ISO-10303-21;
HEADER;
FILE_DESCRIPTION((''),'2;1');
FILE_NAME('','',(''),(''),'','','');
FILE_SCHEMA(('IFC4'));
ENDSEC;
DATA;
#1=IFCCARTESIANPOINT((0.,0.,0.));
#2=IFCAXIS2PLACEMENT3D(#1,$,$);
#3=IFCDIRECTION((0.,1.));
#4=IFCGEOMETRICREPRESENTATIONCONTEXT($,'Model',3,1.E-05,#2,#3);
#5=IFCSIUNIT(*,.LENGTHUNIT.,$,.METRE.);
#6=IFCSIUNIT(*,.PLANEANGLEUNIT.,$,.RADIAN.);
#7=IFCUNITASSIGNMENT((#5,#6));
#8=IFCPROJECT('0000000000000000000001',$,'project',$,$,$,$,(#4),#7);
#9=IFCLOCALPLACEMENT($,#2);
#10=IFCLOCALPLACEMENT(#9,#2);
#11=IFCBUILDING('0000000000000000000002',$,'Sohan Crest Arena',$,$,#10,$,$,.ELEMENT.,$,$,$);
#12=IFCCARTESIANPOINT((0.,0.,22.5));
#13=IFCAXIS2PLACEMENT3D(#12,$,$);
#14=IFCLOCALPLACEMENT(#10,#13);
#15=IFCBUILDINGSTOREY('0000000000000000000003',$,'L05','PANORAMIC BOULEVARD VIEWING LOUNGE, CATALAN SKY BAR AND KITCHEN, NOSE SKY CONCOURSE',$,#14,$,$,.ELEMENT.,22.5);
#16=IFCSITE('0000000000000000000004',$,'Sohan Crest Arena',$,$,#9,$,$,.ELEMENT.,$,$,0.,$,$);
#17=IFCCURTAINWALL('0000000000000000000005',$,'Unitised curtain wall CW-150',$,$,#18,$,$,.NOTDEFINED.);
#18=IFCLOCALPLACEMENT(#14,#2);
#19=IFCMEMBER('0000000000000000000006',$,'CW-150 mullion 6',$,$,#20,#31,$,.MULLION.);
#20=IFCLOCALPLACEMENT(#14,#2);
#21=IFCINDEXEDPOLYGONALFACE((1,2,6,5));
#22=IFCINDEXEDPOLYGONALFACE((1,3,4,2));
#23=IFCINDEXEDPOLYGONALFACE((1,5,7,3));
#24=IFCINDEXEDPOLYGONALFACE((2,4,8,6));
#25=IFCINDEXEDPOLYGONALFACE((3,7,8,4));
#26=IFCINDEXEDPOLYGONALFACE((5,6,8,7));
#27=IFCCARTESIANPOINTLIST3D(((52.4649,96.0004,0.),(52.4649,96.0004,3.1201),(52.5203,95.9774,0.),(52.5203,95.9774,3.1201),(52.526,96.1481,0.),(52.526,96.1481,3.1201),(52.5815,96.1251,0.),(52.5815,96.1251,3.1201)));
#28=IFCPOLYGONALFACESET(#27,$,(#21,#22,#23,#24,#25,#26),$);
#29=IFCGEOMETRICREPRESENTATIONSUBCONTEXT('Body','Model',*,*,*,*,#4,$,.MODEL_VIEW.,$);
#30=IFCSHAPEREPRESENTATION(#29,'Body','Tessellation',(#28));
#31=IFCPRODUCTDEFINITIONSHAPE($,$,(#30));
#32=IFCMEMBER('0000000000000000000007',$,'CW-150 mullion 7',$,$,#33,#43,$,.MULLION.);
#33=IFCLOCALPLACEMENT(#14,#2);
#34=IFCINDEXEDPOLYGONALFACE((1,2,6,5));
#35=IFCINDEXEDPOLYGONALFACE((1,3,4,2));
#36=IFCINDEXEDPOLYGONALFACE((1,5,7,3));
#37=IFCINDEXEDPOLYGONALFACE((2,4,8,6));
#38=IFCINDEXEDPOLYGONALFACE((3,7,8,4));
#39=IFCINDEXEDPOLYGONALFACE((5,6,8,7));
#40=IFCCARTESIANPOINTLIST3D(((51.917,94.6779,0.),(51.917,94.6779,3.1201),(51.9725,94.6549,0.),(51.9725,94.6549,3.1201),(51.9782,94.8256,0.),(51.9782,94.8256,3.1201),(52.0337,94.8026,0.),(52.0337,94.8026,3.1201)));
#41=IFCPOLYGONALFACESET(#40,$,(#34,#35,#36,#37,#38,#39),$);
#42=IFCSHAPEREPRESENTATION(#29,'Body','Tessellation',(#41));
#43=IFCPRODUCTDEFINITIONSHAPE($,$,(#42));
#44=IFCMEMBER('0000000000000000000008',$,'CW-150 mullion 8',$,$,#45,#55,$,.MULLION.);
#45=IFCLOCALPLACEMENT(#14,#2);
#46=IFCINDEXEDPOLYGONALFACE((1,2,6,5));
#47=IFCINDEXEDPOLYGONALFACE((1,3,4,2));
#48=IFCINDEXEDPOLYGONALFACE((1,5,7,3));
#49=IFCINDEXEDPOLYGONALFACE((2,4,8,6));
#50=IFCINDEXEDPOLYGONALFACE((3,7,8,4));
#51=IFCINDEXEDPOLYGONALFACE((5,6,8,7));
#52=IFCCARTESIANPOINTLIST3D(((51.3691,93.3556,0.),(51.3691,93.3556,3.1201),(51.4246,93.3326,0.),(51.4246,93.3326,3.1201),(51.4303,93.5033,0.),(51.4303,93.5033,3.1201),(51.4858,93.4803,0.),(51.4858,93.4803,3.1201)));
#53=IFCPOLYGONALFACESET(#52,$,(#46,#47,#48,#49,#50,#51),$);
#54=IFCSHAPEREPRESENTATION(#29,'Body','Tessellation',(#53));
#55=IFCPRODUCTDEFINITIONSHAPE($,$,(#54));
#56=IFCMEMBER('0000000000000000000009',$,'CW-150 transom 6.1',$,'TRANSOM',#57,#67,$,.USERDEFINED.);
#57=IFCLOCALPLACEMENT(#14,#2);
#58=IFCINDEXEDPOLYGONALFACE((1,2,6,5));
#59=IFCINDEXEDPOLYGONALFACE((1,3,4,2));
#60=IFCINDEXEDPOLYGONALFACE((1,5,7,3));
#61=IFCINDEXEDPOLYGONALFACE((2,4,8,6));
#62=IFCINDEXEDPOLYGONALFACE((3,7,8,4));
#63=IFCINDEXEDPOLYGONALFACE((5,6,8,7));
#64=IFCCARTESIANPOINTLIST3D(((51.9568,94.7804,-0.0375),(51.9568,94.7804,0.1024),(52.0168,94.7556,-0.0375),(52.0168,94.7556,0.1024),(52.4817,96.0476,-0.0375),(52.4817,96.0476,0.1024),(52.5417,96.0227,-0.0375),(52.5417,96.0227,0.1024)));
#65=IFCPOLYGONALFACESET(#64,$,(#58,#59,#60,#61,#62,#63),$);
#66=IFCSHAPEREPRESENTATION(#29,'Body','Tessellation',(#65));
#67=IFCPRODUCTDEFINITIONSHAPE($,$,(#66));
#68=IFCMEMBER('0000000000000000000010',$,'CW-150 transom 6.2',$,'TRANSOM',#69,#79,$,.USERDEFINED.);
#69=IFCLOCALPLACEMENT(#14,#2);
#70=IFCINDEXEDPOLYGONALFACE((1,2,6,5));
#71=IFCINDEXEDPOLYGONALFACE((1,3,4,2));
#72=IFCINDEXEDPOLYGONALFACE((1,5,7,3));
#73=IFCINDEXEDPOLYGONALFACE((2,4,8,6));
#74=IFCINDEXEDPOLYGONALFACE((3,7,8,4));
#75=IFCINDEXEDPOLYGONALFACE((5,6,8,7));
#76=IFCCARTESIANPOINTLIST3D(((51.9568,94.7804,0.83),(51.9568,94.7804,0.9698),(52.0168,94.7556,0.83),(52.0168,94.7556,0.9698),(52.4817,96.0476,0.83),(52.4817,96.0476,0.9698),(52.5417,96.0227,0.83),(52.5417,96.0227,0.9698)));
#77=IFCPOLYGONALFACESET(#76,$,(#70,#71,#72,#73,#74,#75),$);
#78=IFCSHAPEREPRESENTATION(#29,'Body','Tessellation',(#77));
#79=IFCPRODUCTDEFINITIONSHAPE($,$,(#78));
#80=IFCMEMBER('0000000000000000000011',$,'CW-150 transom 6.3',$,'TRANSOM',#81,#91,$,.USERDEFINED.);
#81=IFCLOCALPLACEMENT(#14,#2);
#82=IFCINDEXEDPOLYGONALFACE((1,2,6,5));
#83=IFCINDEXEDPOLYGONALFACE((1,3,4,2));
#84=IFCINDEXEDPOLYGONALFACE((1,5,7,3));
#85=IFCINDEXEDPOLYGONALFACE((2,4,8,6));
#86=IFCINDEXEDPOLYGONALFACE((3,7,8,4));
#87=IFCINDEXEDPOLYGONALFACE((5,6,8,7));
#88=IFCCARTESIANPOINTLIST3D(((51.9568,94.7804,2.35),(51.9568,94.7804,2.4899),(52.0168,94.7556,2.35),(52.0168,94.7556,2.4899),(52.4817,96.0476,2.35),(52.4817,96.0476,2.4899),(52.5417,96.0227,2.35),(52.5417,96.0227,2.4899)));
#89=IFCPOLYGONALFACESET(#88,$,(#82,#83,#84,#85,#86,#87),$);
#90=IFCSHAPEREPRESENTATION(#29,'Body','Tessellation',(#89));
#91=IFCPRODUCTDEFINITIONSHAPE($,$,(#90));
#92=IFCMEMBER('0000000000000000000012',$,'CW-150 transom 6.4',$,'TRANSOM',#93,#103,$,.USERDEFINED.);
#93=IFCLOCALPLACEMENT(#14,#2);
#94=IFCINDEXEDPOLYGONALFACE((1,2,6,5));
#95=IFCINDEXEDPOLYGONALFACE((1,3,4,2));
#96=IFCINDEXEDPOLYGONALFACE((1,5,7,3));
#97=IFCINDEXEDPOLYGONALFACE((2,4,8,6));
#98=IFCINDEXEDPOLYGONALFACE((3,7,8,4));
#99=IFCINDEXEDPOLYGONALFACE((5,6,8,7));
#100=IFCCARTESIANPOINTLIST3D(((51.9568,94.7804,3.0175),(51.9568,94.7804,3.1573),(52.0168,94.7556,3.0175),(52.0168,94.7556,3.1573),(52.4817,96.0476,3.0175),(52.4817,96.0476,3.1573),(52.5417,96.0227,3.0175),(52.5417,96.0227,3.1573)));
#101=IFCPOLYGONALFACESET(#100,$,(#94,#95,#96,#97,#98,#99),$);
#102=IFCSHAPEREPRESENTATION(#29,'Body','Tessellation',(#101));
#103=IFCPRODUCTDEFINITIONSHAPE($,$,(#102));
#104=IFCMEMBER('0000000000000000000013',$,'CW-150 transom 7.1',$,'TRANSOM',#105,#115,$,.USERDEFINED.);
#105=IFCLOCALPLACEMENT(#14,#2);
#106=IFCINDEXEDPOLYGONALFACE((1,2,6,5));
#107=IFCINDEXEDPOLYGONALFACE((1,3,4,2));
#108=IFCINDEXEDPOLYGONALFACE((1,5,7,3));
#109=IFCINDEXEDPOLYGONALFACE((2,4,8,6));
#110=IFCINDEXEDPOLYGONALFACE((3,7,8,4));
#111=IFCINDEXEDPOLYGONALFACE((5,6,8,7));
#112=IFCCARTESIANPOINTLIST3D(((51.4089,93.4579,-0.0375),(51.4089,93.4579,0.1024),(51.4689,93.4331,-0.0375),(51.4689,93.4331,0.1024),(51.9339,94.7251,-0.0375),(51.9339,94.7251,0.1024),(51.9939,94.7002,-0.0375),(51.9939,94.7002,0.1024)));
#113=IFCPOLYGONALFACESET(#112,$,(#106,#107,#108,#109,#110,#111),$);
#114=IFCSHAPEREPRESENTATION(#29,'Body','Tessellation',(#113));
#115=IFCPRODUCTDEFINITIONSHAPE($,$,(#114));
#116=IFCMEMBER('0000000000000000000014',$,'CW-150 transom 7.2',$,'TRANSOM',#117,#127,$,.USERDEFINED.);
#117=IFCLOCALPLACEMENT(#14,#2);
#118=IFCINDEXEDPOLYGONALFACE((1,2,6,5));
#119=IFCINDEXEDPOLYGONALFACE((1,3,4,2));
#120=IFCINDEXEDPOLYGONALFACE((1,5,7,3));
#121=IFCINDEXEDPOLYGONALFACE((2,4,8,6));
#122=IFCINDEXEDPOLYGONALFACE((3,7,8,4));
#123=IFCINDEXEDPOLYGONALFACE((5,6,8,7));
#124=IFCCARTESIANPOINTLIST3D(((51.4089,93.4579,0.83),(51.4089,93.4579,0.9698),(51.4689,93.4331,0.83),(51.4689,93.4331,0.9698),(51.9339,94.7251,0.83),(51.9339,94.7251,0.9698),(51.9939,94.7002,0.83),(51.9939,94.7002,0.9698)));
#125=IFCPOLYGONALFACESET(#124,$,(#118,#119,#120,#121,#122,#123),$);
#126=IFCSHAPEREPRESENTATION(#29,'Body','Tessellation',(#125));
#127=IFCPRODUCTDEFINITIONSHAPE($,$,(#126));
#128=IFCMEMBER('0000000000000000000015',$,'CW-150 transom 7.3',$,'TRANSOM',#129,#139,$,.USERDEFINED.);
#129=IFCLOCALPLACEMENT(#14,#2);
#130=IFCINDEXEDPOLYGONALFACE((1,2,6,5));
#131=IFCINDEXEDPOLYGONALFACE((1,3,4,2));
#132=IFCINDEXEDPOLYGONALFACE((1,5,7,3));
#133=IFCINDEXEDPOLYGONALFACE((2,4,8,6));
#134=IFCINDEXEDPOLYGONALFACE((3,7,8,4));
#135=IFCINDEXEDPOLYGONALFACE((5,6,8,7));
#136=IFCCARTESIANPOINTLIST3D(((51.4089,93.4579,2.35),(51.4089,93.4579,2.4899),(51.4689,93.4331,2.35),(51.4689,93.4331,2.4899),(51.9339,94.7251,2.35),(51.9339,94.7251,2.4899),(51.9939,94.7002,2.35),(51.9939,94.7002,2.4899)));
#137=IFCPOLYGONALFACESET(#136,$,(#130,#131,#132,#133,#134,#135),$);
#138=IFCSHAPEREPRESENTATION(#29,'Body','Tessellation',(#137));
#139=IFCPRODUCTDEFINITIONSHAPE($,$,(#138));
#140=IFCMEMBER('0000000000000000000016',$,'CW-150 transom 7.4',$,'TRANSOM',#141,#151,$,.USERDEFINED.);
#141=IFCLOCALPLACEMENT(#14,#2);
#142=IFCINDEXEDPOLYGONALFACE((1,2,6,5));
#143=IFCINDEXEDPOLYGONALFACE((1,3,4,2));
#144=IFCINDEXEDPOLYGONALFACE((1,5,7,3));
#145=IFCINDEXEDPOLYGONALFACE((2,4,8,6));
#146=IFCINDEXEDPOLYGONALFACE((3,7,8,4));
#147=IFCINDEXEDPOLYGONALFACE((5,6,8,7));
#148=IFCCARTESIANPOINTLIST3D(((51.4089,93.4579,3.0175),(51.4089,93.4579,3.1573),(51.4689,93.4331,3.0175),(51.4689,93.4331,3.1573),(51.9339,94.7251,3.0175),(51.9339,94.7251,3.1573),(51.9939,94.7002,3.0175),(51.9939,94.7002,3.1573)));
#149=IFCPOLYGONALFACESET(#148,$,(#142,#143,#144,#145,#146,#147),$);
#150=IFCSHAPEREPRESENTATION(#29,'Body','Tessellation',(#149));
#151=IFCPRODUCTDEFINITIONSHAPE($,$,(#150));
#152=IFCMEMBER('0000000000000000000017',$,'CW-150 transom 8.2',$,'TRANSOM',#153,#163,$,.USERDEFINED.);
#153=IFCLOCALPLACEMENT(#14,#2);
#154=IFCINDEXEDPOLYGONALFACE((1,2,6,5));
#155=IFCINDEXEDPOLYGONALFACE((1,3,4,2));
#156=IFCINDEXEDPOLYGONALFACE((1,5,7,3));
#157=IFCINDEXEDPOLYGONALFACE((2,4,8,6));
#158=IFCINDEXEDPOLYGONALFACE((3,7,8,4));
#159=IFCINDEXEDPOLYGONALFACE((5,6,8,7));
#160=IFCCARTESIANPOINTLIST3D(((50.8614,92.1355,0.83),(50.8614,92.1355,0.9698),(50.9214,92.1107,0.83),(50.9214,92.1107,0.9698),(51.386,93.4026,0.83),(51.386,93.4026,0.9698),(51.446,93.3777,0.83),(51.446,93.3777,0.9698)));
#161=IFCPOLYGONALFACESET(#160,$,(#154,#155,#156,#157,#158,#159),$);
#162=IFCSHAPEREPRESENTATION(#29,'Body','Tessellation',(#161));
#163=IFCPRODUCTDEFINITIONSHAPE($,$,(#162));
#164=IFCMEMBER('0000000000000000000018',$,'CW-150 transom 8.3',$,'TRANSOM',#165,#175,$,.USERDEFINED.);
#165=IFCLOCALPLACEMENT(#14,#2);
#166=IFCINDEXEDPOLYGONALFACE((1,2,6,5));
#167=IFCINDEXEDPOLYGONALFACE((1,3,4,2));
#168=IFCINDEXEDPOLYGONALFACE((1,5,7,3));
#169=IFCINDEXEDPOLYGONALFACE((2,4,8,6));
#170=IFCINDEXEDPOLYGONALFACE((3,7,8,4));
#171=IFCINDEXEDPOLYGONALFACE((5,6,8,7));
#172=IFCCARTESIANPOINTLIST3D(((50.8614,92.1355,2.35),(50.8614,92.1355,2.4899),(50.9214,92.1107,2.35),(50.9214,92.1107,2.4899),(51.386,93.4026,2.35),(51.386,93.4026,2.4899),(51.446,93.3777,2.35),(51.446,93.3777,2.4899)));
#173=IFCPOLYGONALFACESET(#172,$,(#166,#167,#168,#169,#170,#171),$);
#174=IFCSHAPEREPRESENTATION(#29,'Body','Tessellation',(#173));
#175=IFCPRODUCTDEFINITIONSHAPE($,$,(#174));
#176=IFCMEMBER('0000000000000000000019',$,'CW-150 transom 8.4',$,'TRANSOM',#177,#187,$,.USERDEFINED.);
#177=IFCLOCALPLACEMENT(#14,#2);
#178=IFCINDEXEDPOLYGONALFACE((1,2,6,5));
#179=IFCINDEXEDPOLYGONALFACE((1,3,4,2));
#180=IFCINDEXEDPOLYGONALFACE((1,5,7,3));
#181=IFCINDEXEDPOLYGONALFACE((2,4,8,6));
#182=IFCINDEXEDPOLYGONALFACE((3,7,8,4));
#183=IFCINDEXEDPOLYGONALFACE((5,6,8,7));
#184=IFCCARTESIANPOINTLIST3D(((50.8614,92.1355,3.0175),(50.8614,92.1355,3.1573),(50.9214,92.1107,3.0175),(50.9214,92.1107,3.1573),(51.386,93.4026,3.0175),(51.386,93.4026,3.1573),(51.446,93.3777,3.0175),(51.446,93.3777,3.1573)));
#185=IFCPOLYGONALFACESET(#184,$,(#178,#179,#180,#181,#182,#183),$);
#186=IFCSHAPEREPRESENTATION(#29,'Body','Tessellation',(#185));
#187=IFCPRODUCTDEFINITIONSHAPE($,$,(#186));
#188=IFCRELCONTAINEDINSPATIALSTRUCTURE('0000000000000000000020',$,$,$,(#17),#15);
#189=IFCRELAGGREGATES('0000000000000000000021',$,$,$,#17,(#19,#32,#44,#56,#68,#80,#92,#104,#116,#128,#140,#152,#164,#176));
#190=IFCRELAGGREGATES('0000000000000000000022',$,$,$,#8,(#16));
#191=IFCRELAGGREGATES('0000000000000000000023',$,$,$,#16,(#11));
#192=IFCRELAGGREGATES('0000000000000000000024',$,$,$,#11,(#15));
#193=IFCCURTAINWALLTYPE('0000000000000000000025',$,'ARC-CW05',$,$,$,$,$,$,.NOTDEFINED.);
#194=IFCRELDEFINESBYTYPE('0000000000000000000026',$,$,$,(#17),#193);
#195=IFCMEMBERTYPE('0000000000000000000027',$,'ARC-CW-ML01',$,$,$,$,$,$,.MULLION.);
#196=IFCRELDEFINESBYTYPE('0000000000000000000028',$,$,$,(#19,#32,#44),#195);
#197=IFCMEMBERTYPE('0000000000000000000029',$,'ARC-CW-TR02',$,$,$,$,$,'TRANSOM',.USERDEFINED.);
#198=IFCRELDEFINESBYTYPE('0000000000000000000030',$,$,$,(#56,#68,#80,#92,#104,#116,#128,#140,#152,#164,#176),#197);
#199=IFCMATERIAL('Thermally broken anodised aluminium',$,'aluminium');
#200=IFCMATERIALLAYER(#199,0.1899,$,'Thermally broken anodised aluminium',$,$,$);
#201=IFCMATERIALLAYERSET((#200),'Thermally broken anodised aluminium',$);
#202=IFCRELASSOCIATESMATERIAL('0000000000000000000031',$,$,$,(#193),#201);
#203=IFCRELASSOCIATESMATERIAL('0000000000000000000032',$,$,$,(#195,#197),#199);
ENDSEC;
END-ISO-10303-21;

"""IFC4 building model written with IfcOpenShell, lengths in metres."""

from ifc_helpers import new_model, si_unit, direction, frame, origin, origin_2d, place, context, subcontext, project, spatial, rectangle, extrude, material, layer, layer_set, material_profile, profile_set, type_object, element, aggregate, save


model = new_model("IFC4")

# Units and contexts
model_context = context("Model", 3, precision=1e-05, world=origin(), true_north=direction((0.0, 1.0)))
body_context = subcontext(model_context, "Body", "Model", "MODEL_VIEW")
ifc_project = project(units=[si_unit("LENGTHUNIT", "METRE"), si_unit("PLANEANGLEUNIT", "RADIAN")], contexts=[model_context])

# Site, building, storey
site_placement = place(None, origin())
site = spatial("IfcSite", under=ifc_project, at=site_placement, Name="Sohan Crest Arena", CompositionType="ELEMENT", RefElevation=0.0)
building_placement = place(site_placement, origin())
building = spatial("IfcBuilding", under=site, at=building_placement, Name="Sohan Crest Arena", CompositionType="ELEMENT")
storey_placement = place(building_placement, frame((0.0, 0.0, 22.5)))
storey = spatial("IfcBuildingStorey", under=building, at=storey_placement, Name="L05", Description="PANORAMIC BOULEVARD VIEWING LOUNGE, CATALAN SKY BAR AND KITCHEN, NOSE SKY CONCOURSE", CompositionType="ELEMENT", Elevation=22.5)

# Curtain wall, members
ifc_material_1 = material(Name="Thermally broken anodised aluminium", Category="aluminium")
ifc_layer_1 = layer(ifc_material_1, 0.1899, Name="Thermally broken anodised aluminium")
ifc_layer_set_1 = layer_set([ifc_layer_1], Name="Thermally broken anodised aluminium")
curtain_wall_type = type_object("IfcCurtainWallType", Name="ARC-CW05", PredefinedType="NOTDEFINED", material=ifc_layer_set_1)
curtain_wall_placement = place(storey_placement, origin())
curtain_wall = element("IfcCurtainWall", 1, at=curtain_wall_placement, inside=storey, type_object=curtain_wall_type, Name="Unitised curtain wall CW-150", PredefinedType="NOTDEFINED")
ifc_material_profile_1 = material_profile(ifc_material_1, rectangle(XDim=0.0601, YDim=0.1599, at=origin_2d()), Name="ALU-MULL 60x160")
ifc_profile_set_1 = profile_set([ifc_material_profile_1], Name="Thermally broken anodised aluminium")
member_type_1 = type_object("IfcMemberType", Name="ARC-CW-ML01", PredefinedType="MULLION", material=ifc_profile_set_1)
member_1_placement = place(storey_placement, frame((52.5232, 96.0627, 0.0), z_axis=(0.0, 0.0, 1.0), x_axis=(0.923879, -0.382685, 0.0)))
member_1 = element("IfcMember", 2, at=member_1_placement, type_object=member_type_1, Name="CW-150 mullion 6", PredefinedType="MULLION", context=body_context, shape_type="SweptSolid", body=[
    extrude(rectangle(XDim=0.0601, YDim=0.1599, at=origin_2d()), origin(), (0.0, 0.0, 1.0), 3.1201),
])
member_2_placement = place(storey_placement, frame((51.9753, 94.7402, 0.0), z_axis=(0.0, 0.0, 1.0), x_axis=(0.923879, -0.382685, 0.0)))
member_2 = element("IfcMember", 3, at=member_2_placement, type_object=member_type_1, Name="CW-150 mullion 7", PredefinedType="MULLION", context=body_context, shape_type="SweptSolid", body=[
    extrude(rectangle(XDim=0.0601, YDim=0.1599, at=origin_2d()), origin(), (0.0, 0.0, 1.0), 3.1201),
])
member_3_placement = place(storey_placement, frame((51.4275, 93.418, 0.0), z_axis=(0.0, 0.0, 1.0), x_axis=(0.923879, -0.382685, 0.0)))
member_3 = element("IfcMember", 4, at=member_3_placement, type_object=member_type_1, Name="CW-150 mullion 8", PredefinedType="MULLION", context=body_context, shape_type="SweptSolid", body=[
    extrude(rectangle(XDim=0.0601, YDim=0.1599, at=origin_2d()), origin(), (0.0, 0.0, 1.0), 3.1201),
])
ifc_material_profile_2 = material_profile(ifc_material_1, rectangle(XDim=0.0649, YDim=0.1399, at=origin_2d()), Name="ALU-TRAN 65x140")
ifc_profile_set_2 = profile_set([ifc_material_profile_2], Name="Thermally broken anodised aluminium")
member_type_2 = type_object("IfcMemberType", Name="ARC-CW-TR02", ElementType="TRANSOM", PredefinedType="USERDEFINED", material=ifc_profile_set_2)
member_4_placement = place(storey_placement, frame((52.5117, 96.0352, 0.0325), z_axis=(-0.382719, -0.923865, 0.0), x_axis=(0.923865, -0.382719, 0.0)))
member_4 = element("IfcMember", 5, at=member_4_placement, type_object=member_type_2, Name="CW-150 transom 6.1", ObjectType="TRANSOM", PredefinedType="USERDEFINED", context=body_context, shape_type="SweptSolid", body=[
    extrude(rectangle(XDim=0.0649, YDim=0.1399, at=origin_2d()), origin(), (0.0, 0.0, 1.0), 1.3716),
])
member_5_placement = place(storey_placement, frame((52.5117, 96.0352, 0.8999), z_axis=(-0.382719, -0.923865, 0.0), x_axis=(0.923865, -0.382719, 0.0)))
member_5 = element("IfcMember", 6, at=member_5_placement, type_object=member_type_2, Name="CW-150 transom 6.2", ObjectType="TRANSOM", PredefinedType="USERDEFINED", context=body_context, shape_type="SweptSolid", body=[
    extrude(rectangle(XDim=0.0649, YDim=0.1399, at=origin_2d()), origin(), (0.0, 0.0, 1.0), 1.3716),
])
member_6_placement = place(storey_placement, frame((52.5117, 96.0352, 2.4199), z_axis=(-0.382719, -0.923865, 0.0), x_axis=(0.923865, -0.382719, 0.0)))
member_6 = element("IfcMember", 7, at=member_6_placement, type_object=member_type_2, Name="CW-150 transom 6.3", ObjectType="TRANSOM", PredefinedType="USERDEFINED", context=body_context, shape_type="SweptSolid", body=[
    extrude(rectangle(XDim=0.0649, YDim=0.1399, at=origin_2d()), origin(), (0.0, 0.0, 1.0), 1.3716),
])
member_7_placement = place(storey_placement, frame((52.5117, 96.0352, 3.0874), z_axis=(-0.382719, -0.923865, 0.0), x_axis=(0.923865, -0.382719, 0.0)))
member_7 = element("IfcMember", 8, at=member_7_placement, type_object=member_type_2, Name="CW-150 transom 6.4", ObjectType="TRANSOM", PredefinedType="USERDEFINED", context=body_context, shape_type="SweptSolid", body=[
    extrude(rectangle(XDim=0.0649, YDim=0.1399, at=origin_2d()), origin(), (0.0, 0.0, 1.0), 1.3716),
])
member_8_placement = place(storey_placement, frame((51.9639, 94.7126, 0.0325), z_axis=(-0.382719, -0.923865, 0.0), x_axis=(0.923865, -0.382719, 0.0)))
member_8 = element("IfcMember", 9, at=member_8_placement, type_object=member_type_2, Name="CW-150 transom 7.1", ObjectType="TRANSOM", PredefinedType="USERDEFINED", context=body_context, shape_type="SweptSolid", body=[
    extrude(rectangle(XDim=0.0649, YDim=0.1399, at=origin_2d()), origin(), (0.0, 0.0, 1.0), 1.3716),
])
member_9_placement = place(storey_placement, frame((51.9639, 94.7126, 0.8999), z_axis=(-0.382719, -0.923865, 0.0), x_axis=(0.923865, -0.382719, 0.0)))
member_9 = element("IfcMember", 10, at=member_9_placement, type_object=member_type_2, Name="CW-150 transom 7.2", ObjectType="TRANSOM", PredefinedType="USERDEFINED", context=body_context, shape_type="SweptSolid", body=[
    extrude(rectangle(XDim=0.0649, YDim=0.1399, at=origin_2d()), origin(), (0.0, 0.0, 1.0), 1.3716),
])
member_10_placement = place(storey_placement, frame((51.9639, 94.7126, 2.4199), z_axis=(-0.382719, -0.923865, 0.0), x_axis=(0.923865, -0.382719, 0.0)))
member_10 = element("IfcMember", 11, at=member_10_placement, type_object=member_type_2, Name="CW-150 transom 7.3", ObjectType="TRANSOM", PredefinedType="USERDEFINED", context=body_context, shape_type="SweptSolid", body=[
    extrude(rectangle(XDim=0.0649, YDim=0.1399, at=origin_2d()), origin(), (0.0, 0.0, 1.0), 1.3716),
])
member_11_placement = place(storey_placement, frame((51.9639, 94.7126, 3.0874), z_axis=(-0.382719, -0.923865, 0.0), x_axis=(0.923865, -0.382719, 0.0)))
member_11 = element("IfcMember", 12, at=member_11_placement, type_object=member_type_2, Name="CW-150 transom 7.4", ObjectType="TRANSOM", PredefinedType="USERDEFINED", context=body_context, shape_type="SweptSolid", body=[
    extrude(rectangle(XDim=0.0649, YDim=0.1399, at=origin_2d()), origin(), (0.0, 0.0, 1.0), 1.3716),
])
member_12_placement = place(storey_placement, frame((51.416, 93.3901, 0.8999), z_axis=(-0.382567, -0.923928, 0.0), x_axis=(0.923928, -0.382567, 0.0)))
member_12 = element("IfcMember", 13, at=member_12_placement, type_object=member_type_2, Name="CW-150 transom 8.2", ObjectType="TRANSOM", PredefinedType="USERDEFINED", context=body_context, shape_type="SweptSolid", body=[
    extrude(rectangle(XDim=0.0649, YDim=0.1399, at=origin_2d()), origin(), (0.0, 0.0, 1.0), 1.3713),
])
member_13_placement = place(storey_placement, frame((51.416, 93.3901, 2.4199), z_axis=(-0.382567, -0.923928, 0.0), x_axis=(0.923928, -0.382567, 0.0)))
member_13 = element("IfcMember", 14, at=member_13_placement, type_object=member_type_2, Name="CW-150 transom 8.3", ObjectType="TRANSOM", PredefinedType="USERDEFINED", context=body_context, shape_type="SweptSolid", body=[
    extrude(rectangle(XDim=0.0649, YDim=0.1399, at=origin_2d()), origin(), (0.0, 0.0, 1.0), 1.3713),
])
member_14_placement = place(storey_placement, frame((51.416, 93.3901, 3.0874), z_axis=(-0.382567, -0.923928, 0.0), x_axis=(0.923928, -0.382567, 0.0)))
member_14 = element("IfcMember", 15, at=member_14_placement, type_object=member_type_2, Name="CW-150 transom 8.4", ObjectType="TRANSOM", PredefinedType="USERDEFINED", context=body_context, shape_type="SweptSolid", body=[
    extrude(rectangle(XDim=0.0649, YDim=0.1399, at=origin_2d()), origin(), (0.0, 0.0, 1.0), 1.3713),
])
aggregate(curtain_wall, [member_1, member_2, member_3, member_4, member_5, member_6, member_7, member_8, member_9, member_10, member_11, member_12, member_13, member_14])

save(model, "model.ifc")
